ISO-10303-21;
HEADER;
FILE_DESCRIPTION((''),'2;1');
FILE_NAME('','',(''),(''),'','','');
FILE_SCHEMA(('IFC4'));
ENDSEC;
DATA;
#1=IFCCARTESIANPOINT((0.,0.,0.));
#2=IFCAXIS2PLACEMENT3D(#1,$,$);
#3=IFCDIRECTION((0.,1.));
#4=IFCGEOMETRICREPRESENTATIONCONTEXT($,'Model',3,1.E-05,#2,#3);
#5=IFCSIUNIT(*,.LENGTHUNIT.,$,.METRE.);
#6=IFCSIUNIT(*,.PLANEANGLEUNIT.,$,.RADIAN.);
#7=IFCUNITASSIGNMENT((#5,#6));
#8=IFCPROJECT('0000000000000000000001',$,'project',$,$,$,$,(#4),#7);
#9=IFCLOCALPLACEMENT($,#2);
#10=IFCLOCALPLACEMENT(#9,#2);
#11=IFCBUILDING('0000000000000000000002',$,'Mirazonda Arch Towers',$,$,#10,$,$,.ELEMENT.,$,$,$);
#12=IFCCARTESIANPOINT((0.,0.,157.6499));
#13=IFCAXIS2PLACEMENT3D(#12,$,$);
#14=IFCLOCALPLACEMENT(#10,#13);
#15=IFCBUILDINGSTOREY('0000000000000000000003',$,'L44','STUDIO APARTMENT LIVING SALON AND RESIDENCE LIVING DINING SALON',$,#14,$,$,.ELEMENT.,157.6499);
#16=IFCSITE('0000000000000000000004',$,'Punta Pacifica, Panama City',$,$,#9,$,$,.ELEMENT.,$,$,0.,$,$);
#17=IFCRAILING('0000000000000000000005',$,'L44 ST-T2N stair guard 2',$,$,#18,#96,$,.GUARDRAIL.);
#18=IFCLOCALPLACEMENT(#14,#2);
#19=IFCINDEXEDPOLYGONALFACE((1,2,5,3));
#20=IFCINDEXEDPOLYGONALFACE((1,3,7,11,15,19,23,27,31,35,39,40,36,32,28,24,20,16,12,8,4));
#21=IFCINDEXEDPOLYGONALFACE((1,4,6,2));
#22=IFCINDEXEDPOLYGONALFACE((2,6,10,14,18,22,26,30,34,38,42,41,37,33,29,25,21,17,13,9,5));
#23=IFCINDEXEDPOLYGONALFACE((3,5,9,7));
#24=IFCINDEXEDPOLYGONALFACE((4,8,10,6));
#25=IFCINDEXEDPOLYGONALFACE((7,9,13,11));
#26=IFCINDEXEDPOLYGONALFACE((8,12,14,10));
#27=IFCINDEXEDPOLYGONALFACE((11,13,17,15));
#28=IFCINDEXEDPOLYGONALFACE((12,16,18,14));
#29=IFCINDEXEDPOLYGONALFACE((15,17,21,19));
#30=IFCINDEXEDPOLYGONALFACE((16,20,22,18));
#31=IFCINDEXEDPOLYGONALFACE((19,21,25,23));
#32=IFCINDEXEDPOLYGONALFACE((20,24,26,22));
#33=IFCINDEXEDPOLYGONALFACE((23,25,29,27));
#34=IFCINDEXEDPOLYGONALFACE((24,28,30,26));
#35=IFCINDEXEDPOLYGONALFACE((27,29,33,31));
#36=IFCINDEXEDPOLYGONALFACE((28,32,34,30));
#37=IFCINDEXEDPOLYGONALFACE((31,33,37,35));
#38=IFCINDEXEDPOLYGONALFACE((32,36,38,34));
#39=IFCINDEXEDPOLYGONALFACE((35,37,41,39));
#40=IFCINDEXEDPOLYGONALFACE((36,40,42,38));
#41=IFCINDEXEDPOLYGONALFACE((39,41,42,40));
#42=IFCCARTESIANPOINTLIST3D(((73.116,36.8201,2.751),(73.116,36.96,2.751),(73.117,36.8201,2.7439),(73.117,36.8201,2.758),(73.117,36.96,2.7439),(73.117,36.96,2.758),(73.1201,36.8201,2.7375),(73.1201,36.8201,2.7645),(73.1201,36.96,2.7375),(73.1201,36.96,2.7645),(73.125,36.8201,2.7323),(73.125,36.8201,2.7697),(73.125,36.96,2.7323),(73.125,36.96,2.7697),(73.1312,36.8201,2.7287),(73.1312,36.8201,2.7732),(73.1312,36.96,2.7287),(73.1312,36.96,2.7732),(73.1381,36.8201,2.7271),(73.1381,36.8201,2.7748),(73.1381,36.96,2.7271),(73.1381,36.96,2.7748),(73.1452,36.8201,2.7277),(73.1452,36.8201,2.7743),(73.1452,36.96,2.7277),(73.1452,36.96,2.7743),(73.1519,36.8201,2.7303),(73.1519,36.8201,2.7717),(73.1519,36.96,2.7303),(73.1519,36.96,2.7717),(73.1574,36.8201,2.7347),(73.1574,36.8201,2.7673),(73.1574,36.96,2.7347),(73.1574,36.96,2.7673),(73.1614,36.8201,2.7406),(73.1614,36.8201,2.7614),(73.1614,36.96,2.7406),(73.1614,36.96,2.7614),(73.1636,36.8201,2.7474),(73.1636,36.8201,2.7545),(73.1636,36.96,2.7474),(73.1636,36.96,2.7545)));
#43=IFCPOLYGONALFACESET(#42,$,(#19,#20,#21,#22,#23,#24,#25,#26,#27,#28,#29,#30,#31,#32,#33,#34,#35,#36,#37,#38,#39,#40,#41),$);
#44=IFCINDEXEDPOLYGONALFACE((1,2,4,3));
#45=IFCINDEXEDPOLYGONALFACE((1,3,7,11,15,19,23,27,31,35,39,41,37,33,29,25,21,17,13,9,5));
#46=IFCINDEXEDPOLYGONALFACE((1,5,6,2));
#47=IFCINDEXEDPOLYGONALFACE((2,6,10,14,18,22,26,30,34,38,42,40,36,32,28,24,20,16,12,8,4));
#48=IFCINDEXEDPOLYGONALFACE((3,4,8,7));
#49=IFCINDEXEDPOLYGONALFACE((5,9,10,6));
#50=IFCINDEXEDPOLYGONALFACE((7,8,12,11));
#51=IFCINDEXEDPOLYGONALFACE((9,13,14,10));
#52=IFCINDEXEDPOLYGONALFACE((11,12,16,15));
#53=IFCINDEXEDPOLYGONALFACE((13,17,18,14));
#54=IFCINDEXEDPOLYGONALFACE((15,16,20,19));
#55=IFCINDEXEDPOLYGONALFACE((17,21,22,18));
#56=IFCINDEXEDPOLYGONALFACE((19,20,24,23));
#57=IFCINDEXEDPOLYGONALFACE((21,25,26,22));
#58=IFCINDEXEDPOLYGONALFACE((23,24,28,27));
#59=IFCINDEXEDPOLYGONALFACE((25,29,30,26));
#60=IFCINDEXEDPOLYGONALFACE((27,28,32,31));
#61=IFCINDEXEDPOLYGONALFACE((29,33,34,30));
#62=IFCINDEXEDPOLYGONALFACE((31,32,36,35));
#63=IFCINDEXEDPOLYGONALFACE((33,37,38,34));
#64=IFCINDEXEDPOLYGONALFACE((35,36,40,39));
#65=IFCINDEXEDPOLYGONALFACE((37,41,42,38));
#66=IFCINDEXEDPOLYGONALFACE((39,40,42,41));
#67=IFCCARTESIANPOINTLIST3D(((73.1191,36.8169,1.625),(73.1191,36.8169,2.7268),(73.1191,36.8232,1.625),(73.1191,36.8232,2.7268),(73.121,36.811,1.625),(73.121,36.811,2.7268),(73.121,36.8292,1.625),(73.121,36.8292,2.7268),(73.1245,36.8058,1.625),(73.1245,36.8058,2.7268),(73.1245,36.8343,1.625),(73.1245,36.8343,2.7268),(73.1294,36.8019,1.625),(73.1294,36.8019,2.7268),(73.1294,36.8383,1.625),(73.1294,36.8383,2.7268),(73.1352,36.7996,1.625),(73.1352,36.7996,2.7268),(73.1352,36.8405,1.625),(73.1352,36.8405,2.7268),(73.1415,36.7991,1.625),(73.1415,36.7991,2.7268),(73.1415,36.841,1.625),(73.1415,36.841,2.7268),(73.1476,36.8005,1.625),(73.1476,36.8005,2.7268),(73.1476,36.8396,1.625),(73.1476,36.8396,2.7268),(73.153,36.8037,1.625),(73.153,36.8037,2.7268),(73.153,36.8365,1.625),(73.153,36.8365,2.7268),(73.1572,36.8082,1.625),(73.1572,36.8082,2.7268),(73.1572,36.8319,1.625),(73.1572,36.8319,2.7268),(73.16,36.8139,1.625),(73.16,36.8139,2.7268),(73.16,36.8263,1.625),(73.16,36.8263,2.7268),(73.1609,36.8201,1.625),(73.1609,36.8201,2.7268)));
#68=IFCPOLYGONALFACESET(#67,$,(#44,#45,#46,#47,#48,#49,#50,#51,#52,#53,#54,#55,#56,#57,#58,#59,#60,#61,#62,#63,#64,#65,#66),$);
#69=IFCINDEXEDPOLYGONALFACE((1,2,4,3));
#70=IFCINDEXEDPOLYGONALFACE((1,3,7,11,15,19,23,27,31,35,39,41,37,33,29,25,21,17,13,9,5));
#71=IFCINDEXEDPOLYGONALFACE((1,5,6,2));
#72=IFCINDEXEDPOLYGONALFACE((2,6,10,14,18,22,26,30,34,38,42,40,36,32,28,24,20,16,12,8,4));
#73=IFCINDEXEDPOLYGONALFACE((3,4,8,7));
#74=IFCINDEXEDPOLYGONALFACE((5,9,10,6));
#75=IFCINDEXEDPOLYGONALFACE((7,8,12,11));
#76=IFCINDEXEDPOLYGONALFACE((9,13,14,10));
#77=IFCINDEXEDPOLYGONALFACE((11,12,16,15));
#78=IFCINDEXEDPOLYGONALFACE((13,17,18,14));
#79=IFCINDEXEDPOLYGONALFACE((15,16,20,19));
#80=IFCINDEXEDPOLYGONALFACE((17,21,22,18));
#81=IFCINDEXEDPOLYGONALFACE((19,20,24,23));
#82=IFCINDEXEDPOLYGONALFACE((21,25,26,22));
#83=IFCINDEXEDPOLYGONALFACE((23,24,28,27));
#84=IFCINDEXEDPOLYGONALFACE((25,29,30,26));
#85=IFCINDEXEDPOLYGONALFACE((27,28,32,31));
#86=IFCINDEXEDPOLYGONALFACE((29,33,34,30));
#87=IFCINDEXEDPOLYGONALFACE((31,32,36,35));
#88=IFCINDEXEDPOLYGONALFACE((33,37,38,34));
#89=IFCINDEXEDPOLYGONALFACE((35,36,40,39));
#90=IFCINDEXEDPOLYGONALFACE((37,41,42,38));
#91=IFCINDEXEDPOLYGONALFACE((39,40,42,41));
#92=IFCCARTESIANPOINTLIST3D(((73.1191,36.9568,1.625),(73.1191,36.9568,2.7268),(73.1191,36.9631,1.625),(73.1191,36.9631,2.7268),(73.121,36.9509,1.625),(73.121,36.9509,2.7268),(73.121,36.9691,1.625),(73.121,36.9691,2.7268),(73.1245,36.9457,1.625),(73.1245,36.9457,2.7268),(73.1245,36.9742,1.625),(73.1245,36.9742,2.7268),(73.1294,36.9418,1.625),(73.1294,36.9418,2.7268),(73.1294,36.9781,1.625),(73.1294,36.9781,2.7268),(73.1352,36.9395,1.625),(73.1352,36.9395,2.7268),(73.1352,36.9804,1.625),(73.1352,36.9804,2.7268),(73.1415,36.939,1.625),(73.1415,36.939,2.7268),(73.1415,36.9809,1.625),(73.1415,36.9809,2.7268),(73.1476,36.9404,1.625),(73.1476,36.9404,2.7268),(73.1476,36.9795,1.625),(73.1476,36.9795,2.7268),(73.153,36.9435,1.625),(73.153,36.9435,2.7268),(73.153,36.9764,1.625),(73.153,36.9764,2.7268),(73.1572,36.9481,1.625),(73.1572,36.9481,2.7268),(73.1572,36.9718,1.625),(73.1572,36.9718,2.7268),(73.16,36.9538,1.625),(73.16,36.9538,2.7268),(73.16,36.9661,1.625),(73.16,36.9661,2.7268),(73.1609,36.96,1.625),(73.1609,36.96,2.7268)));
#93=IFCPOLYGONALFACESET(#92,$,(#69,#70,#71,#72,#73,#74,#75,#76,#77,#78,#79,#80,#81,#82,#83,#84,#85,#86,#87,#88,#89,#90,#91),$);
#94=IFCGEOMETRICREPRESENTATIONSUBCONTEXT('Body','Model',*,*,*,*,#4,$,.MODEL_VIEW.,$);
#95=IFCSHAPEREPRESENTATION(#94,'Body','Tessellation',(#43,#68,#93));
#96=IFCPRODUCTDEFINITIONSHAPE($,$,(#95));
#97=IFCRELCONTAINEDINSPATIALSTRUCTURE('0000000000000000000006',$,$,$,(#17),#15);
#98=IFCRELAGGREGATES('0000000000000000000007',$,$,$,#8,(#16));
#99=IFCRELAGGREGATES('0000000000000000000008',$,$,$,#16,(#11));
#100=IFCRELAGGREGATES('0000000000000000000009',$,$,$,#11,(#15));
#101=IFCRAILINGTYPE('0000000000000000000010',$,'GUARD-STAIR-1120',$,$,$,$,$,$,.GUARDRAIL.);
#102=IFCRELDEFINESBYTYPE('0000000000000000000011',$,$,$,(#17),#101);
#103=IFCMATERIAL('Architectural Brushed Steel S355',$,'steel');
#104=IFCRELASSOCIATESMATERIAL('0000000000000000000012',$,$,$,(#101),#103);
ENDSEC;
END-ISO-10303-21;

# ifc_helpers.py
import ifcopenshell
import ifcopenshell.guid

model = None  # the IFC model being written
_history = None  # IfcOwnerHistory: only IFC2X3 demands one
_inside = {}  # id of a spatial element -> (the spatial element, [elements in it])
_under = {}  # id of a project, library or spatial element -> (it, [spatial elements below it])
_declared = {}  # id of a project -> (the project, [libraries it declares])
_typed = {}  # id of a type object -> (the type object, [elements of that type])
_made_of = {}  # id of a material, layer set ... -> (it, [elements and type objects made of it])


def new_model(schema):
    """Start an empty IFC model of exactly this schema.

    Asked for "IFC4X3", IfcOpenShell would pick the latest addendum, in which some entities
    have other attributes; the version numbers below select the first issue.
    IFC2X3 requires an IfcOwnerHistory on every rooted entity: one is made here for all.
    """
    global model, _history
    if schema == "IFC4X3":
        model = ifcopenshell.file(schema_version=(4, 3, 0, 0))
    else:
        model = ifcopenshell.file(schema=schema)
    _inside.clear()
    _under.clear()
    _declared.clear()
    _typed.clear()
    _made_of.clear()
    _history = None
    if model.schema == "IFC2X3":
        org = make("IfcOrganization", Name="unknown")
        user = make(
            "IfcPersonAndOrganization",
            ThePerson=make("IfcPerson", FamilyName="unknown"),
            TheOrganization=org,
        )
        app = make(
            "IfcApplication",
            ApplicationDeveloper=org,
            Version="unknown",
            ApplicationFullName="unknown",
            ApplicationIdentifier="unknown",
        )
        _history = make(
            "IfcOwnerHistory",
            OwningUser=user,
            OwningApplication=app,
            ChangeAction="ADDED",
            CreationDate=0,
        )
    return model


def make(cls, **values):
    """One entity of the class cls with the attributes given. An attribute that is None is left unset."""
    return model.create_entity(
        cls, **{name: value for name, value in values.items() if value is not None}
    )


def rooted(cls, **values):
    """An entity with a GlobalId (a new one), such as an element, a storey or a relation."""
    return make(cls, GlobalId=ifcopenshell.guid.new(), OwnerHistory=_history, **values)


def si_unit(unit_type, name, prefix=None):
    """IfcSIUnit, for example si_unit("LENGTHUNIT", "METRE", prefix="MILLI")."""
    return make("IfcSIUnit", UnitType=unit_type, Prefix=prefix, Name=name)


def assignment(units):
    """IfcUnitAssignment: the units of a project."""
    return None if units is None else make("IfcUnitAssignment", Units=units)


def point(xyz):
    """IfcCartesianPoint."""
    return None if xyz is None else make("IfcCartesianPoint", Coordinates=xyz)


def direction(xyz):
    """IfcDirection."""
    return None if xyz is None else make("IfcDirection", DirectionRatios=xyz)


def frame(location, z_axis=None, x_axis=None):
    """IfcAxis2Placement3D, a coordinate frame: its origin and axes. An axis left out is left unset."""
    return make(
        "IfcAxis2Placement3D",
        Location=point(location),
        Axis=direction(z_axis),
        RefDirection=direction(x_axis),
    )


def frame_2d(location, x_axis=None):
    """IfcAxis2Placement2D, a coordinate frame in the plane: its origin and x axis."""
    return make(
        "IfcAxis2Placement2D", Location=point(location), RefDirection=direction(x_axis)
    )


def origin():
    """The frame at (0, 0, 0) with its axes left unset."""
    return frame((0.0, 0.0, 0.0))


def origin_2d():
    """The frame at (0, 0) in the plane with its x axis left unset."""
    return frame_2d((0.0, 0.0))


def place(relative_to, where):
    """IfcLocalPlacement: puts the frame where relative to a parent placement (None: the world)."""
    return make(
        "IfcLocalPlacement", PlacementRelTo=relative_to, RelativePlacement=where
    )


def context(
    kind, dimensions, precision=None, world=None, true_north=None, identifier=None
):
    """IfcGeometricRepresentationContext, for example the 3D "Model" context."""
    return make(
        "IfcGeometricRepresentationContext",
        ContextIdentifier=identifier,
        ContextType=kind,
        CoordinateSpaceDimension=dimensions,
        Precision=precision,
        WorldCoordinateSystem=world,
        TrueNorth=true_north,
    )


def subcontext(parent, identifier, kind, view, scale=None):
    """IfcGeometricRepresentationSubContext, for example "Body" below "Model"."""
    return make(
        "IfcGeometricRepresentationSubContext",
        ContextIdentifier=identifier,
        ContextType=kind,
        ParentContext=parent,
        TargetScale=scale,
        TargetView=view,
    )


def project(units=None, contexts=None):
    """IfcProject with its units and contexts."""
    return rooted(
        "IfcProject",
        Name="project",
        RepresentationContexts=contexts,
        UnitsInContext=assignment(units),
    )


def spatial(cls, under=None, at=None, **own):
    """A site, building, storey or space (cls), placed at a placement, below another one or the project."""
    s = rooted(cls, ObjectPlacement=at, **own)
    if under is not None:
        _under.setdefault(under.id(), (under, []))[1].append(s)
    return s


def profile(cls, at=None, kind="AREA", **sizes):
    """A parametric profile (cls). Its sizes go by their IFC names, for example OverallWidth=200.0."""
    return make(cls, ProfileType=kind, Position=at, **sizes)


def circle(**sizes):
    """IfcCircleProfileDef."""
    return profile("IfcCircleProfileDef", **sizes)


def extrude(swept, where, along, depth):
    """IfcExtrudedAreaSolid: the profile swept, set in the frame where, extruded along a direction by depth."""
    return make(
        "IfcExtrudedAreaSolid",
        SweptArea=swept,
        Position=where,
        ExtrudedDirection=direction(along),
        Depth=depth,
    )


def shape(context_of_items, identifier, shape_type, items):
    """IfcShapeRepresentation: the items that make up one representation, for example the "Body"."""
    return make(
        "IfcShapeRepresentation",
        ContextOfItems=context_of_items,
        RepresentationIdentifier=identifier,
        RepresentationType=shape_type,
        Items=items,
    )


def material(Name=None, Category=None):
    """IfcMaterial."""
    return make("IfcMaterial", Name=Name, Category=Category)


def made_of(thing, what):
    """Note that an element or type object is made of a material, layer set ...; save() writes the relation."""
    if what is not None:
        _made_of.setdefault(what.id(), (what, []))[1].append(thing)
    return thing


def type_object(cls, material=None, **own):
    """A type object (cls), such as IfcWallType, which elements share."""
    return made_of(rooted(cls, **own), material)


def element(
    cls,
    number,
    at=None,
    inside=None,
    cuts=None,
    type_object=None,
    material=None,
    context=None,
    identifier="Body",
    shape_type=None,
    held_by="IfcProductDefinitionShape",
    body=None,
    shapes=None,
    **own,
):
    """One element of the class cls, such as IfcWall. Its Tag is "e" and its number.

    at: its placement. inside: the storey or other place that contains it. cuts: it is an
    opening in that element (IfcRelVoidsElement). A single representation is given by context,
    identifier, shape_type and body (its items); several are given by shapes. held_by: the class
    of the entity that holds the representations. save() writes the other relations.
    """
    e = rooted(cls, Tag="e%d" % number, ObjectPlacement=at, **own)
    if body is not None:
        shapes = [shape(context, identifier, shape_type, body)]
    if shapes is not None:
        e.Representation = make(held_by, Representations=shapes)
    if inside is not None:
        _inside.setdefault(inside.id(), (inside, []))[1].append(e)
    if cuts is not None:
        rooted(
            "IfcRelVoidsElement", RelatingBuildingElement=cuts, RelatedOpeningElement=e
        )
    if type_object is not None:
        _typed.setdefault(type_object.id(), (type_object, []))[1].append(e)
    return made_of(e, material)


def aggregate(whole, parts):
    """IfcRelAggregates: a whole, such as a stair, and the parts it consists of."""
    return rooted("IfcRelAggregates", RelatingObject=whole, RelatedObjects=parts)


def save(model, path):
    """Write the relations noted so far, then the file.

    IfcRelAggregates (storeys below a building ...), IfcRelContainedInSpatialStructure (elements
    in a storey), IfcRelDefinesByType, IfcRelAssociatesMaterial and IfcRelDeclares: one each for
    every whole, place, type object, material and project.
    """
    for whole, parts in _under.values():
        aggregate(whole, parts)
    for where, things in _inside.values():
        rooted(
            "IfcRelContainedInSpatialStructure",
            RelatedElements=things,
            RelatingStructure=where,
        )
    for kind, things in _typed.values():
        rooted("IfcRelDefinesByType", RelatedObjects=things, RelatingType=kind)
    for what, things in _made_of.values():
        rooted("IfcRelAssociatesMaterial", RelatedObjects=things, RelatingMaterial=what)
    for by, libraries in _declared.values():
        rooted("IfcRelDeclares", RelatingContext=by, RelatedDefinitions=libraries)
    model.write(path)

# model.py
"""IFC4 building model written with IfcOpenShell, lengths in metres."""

from ifc_helpers import new_model, si_unit, direction, frame, origin, origin_2d, place, context, subcontext, project, spatial, circle, extrude, material, type_object, element, save


model = new_model("IFC4")

# Units and contexts
model_context = context("Model", 3, precision=1e-05, world=origin(), true_north=direction((0.0, 1.0)))
body_context = subcontext(model_context, "Body", "Model", "MODEL_VIEW")
ifc_project = project(units=[si_unit("LENGTHUNIT", "METRE"), si_unit("PLANEANGLEUNIT", "RADIAN")], contexts=[model_context])

# Site, building, storey
site_placement = place(None, origin())
site = spatial("IfcSite", under=ifc_project, at=site_placement, Name="Punta Pacifica, Panama City", CompositionType="ELEMENT", RefElevation=0.0)
building_placement = place(site_placement, origin())
building = spatial("IfcBuilding", under=site, at=building_placement, Name="Mirazonda Arch Towers", CompositionType="ELEMENT")
storey_placement = place(building_placement, frame((0.0, 0.0, 157.6499)))
storey = spatial("IfcBuildingStorey", under=building, at=storey_placement, Name="L44", Description="STUDIO APARTMENT LIVING SALON AND RESIDENCE LIVING DINING SALON", CompositionType="ELEMENT", Elevation=157.6499)

# Shared definitions
ifc_material_1 = material(Name="Architectural Brushed Steel S355", Category="steel")

# Railing
railing_type_1 = type_object("IfcRailingType", Name="GUARD-STAIR-1120", PredefinedType="GUARDRAIL", material=ifc_material_1)
railing_1_placement = place(storey_placement, frame((73.1399, 36.8201, 1.625)))
element("IfcRailing", 1, at=railing_1_placement, inside=storey, type_object=railing_type_1, Name="L44 ST-T2N stair guard 2", PredefinedType="GUARDRAIL", context=body_context, shape_type="SweptSolid", body=[
    extrude(circle(Radius=0.0239, at=origin_2d()), frame((0.0, 0.0, 1.126), z_axis=(0.0, 1.0, 0.0), x_axis=(-1.0, 0.0, 0.0)), (0.0, 0.0, 1.0), 0.1399),
    extrude(circle(Radius=0.021, at=origin_2d()), origin(), (0.0, 0.0, 1.0), 1.1018),
    extrude(circle(Radius=0.021, at=origin_2d()), frame((0.0, 0.1399, 0.0)), (0.0, 0.0, 1.0), 1.1018),
])

save(model, "model.ifc")
